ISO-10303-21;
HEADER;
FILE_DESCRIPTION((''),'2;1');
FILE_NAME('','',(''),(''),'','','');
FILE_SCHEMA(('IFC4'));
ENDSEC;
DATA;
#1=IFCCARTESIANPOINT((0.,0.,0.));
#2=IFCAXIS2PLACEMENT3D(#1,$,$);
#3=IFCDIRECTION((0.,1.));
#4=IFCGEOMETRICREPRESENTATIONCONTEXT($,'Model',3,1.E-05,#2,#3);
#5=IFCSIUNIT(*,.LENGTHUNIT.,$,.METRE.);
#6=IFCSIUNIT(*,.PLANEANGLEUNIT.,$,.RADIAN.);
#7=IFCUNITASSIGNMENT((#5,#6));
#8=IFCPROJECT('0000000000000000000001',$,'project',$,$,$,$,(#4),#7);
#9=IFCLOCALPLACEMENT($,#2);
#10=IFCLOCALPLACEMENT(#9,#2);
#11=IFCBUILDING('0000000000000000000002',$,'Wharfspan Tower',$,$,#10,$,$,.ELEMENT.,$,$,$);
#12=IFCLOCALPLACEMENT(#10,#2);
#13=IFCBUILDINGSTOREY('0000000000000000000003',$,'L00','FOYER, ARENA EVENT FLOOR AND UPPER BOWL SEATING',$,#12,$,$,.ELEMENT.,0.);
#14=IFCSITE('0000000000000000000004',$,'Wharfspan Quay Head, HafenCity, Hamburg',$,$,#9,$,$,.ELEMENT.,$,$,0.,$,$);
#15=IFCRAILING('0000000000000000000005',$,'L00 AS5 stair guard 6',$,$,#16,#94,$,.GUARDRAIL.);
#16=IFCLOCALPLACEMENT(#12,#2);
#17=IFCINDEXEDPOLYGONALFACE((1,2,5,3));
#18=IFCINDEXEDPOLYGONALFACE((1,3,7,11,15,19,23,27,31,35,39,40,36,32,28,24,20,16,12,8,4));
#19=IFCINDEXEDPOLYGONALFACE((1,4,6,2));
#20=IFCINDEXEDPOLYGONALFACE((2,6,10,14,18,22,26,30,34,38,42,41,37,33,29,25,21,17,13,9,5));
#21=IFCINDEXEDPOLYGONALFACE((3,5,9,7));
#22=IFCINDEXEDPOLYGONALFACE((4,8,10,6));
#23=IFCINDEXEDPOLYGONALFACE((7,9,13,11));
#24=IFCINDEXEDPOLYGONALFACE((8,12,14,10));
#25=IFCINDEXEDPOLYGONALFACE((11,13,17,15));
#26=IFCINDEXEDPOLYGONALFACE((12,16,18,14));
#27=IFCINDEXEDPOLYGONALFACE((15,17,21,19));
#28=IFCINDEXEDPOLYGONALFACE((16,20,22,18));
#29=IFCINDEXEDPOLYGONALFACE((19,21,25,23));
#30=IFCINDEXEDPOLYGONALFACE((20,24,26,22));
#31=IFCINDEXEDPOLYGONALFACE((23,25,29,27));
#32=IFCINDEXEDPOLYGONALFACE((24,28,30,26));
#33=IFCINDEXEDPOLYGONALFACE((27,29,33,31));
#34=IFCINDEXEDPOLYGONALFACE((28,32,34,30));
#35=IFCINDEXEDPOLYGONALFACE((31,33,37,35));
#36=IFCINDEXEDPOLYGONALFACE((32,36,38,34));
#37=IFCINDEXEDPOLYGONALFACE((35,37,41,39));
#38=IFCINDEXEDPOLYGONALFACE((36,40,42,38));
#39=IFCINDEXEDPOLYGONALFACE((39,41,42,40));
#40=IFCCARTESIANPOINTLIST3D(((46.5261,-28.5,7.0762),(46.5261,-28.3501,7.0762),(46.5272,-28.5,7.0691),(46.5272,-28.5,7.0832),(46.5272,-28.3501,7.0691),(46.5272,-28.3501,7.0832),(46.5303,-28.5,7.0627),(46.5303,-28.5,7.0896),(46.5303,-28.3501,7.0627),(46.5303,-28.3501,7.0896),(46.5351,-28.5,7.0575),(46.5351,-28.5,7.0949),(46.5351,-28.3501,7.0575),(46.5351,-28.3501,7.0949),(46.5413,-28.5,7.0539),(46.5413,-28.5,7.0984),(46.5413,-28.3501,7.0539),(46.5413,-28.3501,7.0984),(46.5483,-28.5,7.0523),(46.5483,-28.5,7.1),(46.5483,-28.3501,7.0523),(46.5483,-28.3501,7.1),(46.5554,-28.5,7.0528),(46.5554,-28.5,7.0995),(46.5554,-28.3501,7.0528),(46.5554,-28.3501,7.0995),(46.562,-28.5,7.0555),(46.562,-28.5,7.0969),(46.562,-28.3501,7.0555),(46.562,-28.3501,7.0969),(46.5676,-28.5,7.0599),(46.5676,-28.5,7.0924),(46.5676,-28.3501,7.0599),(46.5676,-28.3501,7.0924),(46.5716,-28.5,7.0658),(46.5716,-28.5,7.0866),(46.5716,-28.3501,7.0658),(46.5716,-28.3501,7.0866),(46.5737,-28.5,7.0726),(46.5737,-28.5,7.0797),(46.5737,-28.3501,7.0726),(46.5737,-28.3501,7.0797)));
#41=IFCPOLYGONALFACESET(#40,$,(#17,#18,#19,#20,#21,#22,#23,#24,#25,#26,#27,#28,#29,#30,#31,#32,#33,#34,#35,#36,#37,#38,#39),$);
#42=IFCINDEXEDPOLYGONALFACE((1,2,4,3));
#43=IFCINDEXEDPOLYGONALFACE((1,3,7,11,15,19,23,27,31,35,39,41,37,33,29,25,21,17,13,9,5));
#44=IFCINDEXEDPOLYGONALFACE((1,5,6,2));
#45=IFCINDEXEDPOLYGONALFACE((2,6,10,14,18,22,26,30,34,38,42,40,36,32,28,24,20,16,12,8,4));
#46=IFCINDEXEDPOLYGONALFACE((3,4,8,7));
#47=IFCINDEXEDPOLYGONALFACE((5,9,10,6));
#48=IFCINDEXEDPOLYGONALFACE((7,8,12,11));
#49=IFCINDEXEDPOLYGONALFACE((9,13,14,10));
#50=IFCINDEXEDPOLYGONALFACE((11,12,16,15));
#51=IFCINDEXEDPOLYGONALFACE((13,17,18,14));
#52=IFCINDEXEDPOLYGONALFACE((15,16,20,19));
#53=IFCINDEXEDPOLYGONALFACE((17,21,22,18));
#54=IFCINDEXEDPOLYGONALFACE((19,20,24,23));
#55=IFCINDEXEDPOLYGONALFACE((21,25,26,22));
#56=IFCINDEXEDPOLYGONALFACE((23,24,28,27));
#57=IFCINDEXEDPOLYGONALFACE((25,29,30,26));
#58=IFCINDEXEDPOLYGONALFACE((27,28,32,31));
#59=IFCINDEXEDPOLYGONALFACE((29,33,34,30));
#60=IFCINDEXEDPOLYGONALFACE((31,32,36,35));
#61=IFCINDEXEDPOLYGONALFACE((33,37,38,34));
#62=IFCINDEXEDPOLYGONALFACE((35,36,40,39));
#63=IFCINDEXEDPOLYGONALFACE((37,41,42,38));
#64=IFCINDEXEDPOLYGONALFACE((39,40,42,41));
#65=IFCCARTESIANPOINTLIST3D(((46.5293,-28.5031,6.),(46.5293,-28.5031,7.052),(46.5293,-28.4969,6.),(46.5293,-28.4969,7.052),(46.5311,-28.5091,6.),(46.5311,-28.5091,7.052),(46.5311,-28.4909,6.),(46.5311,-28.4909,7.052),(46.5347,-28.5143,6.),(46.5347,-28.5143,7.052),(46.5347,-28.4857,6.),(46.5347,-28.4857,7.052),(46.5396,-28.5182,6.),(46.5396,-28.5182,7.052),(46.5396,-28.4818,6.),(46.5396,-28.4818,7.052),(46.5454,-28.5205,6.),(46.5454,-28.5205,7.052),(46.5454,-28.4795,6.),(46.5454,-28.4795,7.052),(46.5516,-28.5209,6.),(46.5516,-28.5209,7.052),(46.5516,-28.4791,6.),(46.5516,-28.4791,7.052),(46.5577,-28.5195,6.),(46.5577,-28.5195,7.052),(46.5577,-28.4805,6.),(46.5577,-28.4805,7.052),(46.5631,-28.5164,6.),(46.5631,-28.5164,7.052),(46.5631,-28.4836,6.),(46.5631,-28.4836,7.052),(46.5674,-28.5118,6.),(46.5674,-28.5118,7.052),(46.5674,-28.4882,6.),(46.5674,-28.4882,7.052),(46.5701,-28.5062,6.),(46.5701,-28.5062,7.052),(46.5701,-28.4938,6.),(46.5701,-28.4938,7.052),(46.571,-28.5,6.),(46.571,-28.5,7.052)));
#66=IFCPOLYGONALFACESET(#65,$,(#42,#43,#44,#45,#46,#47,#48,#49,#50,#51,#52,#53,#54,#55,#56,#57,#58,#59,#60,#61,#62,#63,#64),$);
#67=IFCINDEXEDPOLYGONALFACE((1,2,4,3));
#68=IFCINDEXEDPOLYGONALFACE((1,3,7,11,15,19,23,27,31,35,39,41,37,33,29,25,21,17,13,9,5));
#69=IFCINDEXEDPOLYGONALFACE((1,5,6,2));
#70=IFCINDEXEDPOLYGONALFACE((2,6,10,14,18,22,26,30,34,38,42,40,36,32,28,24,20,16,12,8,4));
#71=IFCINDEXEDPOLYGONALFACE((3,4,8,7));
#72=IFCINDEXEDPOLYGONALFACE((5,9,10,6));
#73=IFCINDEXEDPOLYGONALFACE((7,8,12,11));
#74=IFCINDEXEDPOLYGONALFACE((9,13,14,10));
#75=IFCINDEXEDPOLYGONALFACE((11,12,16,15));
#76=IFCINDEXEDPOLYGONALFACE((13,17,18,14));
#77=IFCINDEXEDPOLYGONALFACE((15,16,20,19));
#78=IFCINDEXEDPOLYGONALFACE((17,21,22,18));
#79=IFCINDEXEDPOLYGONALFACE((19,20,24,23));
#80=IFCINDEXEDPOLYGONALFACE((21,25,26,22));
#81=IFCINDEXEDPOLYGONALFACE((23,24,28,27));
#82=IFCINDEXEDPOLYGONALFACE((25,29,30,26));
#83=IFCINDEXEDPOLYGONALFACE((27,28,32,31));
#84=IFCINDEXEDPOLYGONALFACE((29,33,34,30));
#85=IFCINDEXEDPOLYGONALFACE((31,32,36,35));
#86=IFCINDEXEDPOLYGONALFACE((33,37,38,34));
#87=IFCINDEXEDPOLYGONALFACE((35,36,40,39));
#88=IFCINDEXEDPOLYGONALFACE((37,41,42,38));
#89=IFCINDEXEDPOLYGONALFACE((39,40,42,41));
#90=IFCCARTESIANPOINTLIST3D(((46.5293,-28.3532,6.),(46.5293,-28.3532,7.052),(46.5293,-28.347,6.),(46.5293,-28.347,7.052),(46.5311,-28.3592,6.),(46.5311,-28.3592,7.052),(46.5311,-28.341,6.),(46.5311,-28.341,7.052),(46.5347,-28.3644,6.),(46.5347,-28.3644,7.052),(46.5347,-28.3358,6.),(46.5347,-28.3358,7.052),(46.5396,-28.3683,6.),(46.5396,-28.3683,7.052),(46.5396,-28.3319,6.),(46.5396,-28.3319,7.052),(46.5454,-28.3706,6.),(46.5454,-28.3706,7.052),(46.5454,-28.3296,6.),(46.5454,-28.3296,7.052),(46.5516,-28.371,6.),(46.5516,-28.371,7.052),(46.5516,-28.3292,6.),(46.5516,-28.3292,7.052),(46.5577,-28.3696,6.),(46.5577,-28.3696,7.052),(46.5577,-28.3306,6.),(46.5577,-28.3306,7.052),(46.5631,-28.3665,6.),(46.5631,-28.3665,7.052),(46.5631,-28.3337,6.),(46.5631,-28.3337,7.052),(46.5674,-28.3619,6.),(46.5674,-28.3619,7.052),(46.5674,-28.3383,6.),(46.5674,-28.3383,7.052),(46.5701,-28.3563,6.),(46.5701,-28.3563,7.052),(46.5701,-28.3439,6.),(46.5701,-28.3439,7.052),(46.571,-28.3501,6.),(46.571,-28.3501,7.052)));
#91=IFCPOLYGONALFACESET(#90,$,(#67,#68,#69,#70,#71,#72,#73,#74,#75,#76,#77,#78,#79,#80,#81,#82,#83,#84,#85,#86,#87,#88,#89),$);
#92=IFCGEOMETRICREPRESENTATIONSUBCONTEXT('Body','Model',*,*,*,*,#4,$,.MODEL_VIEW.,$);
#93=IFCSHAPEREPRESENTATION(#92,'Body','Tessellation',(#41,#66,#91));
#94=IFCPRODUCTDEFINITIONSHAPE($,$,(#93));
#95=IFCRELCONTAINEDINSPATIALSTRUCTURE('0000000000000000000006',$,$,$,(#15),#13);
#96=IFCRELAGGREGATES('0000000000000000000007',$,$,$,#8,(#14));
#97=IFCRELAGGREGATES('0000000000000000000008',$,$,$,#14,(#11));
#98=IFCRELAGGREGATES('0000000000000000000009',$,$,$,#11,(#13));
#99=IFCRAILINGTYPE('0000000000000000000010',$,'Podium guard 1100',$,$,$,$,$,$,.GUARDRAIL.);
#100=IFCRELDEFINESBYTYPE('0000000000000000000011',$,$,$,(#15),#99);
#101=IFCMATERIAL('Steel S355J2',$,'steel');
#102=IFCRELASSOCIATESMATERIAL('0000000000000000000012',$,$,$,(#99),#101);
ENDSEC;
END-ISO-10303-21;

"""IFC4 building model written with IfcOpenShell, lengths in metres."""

from ifc_helpers import new_model, si_unit, direction, frame, origin, origin_2d, place, context, subcontext, project, spatial, circle, extrude, material, type_object, element, save


model = new_model("IFC4")

# Units and contexts
model_context = context("Model", 3, precision=1e-05, world=origin(), true_north=direction((0.0, 1.0)))
body_context = subcontext(model_context, "Body", "Model", "MODEL_VIEW")
ifc_project = project(units=[si_unit("LENGTHUNIT", "METRE"), si_unit("PLANEANGLEUNIT", "RADIAN")], contexts=[model_context])

# Site, building, storey
site_placement = place(None, origin())
site = spatial("IfcSite", under=ifc_project, at=site_placement, Name="Wharfspan Quay Head, HafenCity, Hamburg", CompositionType="ELEMENT", RefElevation=0.0)
building_placement = place(site_placement, origin())
building = spatial("IfcBuilding", under=site, at=building_placement, Name="Wharfspan Tower", CompositionType="ELEMENT")
storey_placement = place(building_placement, origin())
storey = spatial("IfcBuildingStorey", under=building, at=storey_placement, Name="L00", Description="FOYER, ARENA EVENT FLOOR AND UPPER BOWL SEATING", CompositionType="ELEMENT", Elevation=0.0)

# Railing
ifc_material_1 = material(Name="Steel S355J2", Category="steel")
railing_type_1 = type_object("IfcRailingType", Name="Podium guard 1100", PredefinedType="GUARDRAIL", material=ifc_material_1)
railing_1_placement = place(storey_placement, frame((46.55, -28.5, 6.0)))
element("IfcRailing", 1, at=railing_1_placement, inside=storey, type_object=railing_type_1, Name="L00 AS5 stair guard 6", PredefinedType="GUARDRAIL", context=body_context, shape_type="SweptSolid", body=[
    extrude(circle(Radius=0.0239, at=origin_2d()), frame((0.0, 0.0, 1.0762), z_axis=(0.0, 1.0, 0.0), x_axis=(-1.0, 0.0, 0.0)), (0.0, 0.0, 1.0), 0.1499),
    extrude(circle(Radius=0.021, at=origin_2d()), origin(), (0.0, 0.0, 1.0), 1.052),
    extrude(circle(Radius=0.021, at=origin_2d()), frame((0.0, 0.1499, 0.0)), (0.0, 0.0, 1.0), 1.052),
])

save(model, "model.ifc")
